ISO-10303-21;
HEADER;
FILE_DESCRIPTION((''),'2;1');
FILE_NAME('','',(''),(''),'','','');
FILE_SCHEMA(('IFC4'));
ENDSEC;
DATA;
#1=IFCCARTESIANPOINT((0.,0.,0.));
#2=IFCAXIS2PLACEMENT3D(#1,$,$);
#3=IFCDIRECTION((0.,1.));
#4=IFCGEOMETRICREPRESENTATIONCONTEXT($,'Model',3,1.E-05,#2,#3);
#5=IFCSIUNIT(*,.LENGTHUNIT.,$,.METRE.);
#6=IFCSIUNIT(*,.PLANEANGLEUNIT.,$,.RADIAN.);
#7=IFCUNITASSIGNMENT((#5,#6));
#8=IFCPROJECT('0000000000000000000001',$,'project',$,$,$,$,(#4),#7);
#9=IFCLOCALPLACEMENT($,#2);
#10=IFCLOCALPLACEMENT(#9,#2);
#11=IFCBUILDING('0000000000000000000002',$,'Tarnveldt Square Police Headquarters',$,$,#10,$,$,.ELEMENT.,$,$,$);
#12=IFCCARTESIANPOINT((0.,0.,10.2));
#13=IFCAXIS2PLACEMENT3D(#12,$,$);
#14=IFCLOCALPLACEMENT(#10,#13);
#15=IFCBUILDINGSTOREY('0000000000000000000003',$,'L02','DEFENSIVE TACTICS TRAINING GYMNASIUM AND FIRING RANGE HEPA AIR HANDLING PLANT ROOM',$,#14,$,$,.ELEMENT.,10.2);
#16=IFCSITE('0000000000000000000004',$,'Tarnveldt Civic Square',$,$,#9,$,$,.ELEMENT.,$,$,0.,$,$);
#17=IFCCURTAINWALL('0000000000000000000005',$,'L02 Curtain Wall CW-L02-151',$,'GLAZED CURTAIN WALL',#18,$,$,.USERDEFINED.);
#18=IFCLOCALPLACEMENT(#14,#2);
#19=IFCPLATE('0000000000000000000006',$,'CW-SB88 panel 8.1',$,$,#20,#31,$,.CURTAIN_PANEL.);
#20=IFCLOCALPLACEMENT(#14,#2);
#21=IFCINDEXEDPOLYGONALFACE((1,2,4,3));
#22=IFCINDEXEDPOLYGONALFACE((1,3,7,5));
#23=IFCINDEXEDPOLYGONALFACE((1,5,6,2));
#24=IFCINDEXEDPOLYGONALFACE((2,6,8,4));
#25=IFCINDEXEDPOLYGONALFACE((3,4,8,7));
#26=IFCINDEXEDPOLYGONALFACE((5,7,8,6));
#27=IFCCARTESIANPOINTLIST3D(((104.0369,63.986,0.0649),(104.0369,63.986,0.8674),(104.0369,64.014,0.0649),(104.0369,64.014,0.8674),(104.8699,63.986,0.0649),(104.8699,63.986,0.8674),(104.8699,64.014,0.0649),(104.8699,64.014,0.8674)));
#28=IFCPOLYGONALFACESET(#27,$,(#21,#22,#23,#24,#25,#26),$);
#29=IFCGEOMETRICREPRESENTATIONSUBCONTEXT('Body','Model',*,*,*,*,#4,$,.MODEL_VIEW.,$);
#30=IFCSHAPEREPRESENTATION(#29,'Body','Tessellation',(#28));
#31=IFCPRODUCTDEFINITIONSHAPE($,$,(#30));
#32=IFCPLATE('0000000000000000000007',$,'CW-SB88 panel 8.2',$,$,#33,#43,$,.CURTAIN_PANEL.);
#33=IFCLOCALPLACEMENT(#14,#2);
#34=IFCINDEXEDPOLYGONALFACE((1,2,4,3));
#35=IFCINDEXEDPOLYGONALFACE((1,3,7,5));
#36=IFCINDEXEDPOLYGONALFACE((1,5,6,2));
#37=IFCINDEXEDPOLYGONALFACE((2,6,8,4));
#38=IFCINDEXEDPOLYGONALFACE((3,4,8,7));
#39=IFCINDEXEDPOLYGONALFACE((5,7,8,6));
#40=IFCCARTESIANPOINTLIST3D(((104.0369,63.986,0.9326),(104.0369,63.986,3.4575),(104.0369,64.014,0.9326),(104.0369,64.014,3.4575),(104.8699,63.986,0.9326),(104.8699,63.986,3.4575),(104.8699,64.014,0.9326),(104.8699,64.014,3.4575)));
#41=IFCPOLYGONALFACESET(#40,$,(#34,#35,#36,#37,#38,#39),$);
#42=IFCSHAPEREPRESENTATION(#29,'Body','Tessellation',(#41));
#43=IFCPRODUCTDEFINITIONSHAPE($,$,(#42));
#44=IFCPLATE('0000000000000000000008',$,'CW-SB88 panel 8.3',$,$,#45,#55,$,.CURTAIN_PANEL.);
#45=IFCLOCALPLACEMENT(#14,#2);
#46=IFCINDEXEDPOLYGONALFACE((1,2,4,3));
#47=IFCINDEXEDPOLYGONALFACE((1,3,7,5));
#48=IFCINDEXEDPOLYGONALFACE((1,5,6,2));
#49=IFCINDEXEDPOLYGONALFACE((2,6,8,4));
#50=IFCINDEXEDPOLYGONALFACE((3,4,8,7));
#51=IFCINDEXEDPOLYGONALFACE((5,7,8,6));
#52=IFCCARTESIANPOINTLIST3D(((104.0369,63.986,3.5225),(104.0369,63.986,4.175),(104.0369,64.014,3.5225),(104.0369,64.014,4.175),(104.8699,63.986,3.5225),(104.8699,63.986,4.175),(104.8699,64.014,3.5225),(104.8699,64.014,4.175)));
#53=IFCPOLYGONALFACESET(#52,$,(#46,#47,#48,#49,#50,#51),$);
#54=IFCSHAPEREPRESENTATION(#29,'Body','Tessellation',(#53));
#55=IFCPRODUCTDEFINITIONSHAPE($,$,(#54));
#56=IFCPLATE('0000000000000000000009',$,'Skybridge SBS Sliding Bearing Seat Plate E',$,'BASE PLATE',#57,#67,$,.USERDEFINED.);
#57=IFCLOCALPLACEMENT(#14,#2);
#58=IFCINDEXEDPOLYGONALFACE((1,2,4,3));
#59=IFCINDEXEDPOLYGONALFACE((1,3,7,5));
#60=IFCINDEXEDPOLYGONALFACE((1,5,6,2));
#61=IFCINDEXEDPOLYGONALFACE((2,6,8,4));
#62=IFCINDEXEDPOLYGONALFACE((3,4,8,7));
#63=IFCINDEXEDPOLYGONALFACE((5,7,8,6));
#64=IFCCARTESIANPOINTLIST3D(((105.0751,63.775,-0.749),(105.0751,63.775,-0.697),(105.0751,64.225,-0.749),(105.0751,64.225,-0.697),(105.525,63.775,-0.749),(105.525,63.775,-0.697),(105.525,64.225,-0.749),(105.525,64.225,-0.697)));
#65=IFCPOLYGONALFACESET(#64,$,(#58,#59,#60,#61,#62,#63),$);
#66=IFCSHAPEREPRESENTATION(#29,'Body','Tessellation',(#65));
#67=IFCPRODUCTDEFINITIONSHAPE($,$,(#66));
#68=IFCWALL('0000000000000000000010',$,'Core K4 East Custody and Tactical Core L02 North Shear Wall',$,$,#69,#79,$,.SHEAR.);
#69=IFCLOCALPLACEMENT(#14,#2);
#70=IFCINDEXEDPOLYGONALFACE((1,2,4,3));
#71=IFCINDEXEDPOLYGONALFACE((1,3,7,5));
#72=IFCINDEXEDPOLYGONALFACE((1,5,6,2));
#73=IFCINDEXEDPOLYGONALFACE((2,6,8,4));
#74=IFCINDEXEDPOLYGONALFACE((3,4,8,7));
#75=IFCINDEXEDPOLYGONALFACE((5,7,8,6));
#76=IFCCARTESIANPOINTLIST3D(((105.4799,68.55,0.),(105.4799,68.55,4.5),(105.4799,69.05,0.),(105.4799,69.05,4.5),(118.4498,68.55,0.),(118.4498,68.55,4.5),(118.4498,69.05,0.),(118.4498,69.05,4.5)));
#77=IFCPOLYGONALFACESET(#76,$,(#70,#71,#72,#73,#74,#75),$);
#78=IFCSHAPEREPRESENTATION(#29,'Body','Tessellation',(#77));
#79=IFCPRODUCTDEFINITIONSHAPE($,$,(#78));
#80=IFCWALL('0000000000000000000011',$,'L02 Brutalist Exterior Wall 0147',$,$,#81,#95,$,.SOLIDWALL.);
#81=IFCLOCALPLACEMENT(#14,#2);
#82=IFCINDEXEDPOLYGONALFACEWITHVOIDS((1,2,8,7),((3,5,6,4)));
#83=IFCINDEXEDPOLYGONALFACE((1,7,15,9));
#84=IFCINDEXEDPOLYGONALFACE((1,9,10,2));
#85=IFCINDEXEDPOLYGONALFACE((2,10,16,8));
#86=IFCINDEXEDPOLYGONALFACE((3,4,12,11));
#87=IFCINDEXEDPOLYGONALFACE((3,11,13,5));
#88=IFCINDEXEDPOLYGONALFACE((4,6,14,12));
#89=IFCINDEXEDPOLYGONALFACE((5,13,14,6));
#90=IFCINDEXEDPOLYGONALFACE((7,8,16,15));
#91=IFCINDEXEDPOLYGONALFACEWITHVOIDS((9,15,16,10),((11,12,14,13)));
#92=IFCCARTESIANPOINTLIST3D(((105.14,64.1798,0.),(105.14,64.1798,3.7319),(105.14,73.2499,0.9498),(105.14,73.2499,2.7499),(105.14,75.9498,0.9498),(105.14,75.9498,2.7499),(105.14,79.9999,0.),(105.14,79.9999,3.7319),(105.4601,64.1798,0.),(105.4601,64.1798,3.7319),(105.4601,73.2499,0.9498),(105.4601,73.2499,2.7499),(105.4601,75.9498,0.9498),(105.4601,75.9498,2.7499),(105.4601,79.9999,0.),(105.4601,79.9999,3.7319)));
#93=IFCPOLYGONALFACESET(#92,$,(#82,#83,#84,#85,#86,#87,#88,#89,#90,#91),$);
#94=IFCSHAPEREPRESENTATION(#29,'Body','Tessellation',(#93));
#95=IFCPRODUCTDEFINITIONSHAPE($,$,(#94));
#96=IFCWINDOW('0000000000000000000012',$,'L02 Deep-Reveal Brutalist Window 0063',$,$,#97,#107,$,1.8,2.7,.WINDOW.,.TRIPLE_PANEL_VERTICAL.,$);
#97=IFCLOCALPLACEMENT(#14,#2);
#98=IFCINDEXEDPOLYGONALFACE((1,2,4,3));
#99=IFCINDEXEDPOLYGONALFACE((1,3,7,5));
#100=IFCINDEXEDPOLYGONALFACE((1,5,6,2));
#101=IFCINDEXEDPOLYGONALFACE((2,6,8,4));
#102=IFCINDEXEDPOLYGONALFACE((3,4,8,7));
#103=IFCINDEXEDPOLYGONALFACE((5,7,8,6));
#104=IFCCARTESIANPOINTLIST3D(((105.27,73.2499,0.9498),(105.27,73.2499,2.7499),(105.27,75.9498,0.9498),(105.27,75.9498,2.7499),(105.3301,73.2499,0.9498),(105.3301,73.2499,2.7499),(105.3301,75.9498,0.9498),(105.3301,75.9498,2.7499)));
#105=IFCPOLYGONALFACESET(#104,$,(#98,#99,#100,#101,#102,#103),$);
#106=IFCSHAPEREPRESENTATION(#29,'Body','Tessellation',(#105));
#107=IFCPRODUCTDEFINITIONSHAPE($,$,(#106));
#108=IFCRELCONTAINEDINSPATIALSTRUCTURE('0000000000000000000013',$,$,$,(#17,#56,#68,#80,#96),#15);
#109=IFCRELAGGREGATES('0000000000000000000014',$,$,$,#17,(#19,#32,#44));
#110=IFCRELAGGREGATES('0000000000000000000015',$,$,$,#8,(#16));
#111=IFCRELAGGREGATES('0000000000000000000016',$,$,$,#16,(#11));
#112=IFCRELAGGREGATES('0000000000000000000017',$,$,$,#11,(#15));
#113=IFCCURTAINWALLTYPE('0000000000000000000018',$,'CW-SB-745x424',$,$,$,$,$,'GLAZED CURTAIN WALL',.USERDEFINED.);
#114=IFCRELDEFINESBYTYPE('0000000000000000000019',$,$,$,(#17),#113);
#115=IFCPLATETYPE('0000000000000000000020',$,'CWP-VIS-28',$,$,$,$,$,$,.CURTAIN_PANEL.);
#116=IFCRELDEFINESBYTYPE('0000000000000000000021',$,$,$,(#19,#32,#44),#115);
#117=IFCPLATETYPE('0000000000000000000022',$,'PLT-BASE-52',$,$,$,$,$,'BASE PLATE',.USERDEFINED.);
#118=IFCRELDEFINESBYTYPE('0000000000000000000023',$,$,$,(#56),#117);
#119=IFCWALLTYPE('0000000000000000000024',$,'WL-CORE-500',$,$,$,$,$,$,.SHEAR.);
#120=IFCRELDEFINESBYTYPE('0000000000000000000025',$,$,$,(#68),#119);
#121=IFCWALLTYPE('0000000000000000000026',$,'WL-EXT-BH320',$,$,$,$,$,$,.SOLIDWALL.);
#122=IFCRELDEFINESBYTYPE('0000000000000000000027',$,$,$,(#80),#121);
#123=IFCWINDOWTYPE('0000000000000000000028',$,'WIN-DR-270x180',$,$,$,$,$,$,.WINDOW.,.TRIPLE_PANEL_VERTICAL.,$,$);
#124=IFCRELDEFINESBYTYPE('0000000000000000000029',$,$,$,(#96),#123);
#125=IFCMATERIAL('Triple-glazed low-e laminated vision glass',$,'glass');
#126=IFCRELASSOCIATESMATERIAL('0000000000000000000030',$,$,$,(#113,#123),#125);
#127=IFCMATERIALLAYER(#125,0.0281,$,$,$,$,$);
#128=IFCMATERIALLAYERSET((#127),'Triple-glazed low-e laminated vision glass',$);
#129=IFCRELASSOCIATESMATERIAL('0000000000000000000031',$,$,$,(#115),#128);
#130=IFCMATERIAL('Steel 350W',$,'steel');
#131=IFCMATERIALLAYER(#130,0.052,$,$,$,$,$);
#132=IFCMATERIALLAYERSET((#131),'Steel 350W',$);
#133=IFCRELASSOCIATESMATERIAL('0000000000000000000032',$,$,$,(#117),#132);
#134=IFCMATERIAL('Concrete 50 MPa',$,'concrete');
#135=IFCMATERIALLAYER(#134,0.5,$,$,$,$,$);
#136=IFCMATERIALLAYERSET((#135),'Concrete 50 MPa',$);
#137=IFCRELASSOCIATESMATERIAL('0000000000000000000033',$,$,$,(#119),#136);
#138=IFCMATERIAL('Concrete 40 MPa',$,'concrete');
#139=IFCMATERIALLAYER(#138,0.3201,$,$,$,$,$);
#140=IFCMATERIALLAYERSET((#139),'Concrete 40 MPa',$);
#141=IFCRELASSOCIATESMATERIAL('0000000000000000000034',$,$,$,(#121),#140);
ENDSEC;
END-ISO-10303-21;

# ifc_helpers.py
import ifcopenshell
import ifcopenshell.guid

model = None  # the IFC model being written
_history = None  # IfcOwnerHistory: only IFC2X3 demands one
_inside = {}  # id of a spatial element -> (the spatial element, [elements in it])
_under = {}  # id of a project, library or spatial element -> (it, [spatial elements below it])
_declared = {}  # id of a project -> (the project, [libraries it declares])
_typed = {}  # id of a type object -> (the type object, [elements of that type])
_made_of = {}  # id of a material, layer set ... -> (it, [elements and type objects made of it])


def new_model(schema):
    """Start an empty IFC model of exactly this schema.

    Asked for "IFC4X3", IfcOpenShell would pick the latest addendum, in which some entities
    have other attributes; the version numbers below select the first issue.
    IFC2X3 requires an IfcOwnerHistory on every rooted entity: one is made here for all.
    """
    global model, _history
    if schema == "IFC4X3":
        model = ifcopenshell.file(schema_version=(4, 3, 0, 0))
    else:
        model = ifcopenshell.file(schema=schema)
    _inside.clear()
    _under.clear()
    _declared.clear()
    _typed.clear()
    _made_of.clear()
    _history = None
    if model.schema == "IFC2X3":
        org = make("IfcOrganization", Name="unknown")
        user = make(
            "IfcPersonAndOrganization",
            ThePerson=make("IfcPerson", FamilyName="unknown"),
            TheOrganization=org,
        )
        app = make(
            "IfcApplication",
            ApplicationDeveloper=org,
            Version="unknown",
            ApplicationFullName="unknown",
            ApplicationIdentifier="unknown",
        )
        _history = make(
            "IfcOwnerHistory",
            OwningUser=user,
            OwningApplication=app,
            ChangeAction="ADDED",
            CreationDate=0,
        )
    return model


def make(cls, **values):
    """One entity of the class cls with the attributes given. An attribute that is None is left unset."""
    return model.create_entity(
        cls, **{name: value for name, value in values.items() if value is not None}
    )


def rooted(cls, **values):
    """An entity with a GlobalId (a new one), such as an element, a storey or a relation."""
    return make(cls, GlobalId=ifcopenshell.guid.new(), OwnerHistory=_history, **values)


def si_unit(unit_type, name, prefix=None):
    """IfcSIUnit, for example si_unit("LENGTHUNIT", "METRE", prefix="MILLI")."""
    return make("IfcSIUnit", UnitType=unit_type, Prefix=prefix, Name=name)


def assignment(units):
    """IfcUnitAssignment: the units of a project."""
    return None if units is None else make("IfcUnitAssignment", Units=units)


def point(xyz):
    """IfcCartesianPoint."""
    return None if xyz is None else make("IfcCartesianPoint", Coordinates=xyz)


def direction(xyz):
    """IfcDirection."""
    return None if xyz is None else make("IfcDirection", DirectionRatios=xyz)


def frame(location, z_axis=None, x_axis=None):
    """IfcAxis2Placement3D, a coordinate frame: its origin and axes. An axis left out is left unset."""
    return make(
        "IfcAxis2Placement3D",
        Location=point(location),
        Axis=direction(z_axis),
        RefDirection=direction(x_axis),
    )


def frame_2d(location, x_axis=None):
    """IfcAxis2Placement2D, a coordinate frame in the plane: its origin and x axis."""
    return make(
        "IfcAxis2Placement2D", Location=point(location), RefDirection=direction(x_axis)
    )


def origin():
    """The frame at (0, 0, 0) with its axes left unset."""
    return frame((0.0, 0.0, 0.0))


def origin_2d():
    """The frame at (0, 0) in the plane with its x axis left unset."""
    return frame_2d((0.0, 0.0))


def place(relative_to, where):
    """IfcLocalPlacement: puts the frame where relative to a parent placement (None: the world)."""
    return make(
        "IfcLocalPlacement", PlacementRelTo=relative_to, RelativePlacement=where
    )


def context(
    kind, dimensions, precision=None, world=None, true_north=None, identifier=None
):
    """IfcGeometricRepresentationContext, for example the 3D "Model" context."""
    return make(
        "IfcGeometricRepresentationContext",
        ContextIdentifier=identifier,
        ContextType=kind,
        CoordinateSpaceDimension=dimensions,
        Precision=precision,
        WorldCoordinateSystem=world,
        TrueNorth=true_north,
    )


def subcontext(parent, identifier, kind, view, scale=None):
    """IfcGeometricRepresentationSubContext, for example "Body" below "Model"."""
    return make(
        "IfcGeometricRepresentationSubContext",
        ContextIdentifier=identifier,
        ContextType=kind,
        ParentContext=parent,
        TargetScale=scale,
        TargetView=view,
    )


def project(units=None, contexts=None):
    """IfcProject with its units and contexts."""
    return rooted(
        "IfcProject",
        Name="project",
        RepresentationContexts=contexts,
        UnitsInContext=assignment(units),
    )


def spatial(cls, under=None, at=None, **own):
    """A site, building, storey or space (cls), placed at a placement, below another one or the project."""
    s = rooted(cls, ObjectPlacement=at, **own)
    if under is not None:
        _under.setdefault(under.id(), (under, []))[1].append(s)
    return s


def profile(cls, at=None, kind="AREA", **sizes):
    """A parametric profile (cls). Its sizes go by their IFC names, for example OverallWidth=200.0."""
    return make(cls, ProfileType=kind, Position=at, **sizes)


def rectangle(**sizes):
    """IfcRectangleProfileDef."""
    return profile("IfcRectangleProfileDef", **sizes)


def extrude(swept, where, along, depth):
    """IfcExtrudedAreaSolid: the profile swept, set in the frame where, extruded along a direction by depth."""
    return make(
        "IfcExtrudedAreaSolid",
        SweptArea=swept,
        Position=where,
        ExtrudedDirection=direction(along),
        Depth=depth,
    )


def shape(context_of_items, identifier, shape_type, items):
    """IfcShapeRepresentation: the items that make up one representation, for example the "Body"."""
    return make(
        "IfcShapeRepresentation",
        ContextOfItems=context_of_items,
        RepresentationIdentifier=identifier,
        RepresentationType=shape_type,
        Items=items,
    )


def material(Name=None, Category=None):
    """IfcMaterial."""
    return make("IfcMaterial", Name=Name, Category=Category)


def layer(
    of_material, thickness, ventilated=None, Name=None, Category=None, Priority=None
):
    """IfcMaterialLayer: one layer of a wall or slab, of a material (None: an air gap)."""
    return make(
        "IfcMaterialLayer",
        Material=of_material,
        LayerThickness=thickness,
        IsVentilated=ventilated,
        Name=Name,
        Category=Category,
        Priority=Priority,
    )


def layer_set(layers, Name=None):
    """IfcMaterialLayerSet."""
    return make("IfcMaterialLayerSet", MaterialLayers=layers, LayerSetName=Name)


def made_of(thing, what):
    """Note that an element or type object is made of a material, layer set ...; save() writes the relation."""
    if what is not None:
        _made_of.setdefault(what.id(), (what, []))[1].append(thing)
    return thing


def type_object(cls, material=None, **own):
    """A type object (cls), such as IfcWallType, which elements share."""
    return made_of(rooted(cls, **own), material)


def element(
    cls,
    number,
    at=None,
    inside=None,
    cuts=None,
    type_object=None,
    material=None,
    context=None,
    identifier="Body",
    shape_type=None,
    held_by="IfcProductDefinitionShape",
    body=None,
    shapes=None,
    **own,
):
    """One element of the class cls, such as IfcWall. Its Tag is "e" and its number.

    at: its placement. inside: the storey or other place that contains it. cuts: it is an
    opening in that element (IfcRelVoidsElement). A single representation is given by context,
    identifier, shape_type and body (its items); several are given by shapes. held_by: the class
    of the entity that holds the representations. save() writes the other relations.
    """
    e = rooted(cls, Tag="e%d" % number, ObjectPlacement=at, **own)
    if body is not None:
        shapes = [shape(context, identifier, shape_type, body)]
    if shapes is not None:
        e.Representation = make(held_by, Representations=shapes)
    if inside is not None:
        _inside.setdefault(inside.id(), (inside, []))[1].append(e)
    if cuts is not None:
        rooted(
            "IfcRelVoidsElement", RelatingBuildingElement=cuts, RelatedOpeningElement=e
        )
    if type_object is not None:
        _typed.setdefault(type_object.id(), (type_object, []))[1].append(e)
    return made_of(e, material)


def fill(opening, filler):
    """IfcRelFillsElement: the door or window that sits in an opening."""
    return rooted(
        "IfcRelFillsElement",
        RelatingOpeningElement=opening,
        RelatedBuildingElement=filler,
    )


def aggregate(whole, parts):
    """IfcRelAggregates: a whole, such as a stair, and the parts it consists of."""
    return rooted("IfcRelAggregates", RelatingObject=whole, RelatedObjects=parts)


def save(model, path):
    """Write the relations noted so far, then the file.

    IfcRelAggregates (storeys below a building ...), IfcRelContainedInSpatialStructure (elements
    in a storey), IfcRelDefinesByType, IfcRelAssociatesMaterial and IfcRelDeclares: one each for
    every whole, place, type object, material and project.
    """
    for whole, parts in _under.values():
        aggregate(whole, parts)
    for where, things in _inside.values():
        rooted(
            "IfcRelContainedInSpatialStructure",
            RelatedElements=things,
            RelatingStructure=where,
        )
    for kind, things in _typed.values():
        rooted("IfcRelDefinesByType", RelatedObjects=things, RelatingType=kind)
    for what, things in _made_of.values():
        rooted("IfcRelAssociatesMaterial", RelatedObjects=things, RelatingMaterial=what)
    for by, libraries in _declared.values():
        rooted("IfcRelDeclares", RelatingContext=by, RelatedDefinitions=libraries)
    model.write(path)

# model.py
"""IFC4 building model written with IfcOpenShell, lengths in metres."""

from ifc_helpers import new_model, si_unit, direction, frame, frame_2d, origin, origin_2d, place, context, subcontext, project, spatial, rectangle, extrude, material, layer, layer_set, type_object, element, fill, aggregate, save


model = new_model("IFC4")

# Units and contexts
model_context = context("Model", 3, precision=1e-05, world=origin(), true_north=direction((0.0, 1.0)))
body_context = subcontext(model_context, "Body", "Model", "MODEL_VIEW")
ifc_project = project(units=[si_unit("LENGTHUNIT", "METRE"), si_unit("PLANEANGLEUNIT", "RADIAN")], contexts=[model_context])

# Site, building, storey
site_placement = place(None, origin())
site = spatial("IfcSite", under=ifc_project, at=site_placement, Name="Tarnveldt Civic Square", CompositionType="ELEMENT", RefElevation=0.0)
building_placement = place(site_placement, origin())
building = spatial("IfcBuilding", under=site, at=building_placement, Name="Tarnveldt Square Police Headquarters", CompositionType="ELEMENT")
storey_placement = place(building_placement, frame((0.0, 0.0, 10.2)))
storey = spatial("IfcBuildingStorey", under=building, at=storey_placement, Name="L02", Description="DEFENSIVE TACTICS TRAINING GYMNASIUM AND FIRING RANGE HEPA AIR HANDLING PLANT ROOM", CompositionType="ELEMENT", Elevation=10.2)

# Shared definitions
ifc_material_1 = material(Name="Concrete 50 MPa", Category="concrete")

# Shared definitions
ifc_material_2 = material(Name="Concrete 40 MPa", Category="concrete")
ifc_material_3 = material(Name="Steel 350W", Category="steel")

# Curtain wall
ifc_material_4 = material(Name="Triple-glazed low-e laminated vision glass", Category="glass")
curtain_wall_type = type_object("IfcCurtainWallType", Name="CW-SB-745x424", ElementType="GLAZED CURTAIN WALL", PredefinedType="USERDEFINED", material=ifc_material_4)
curtain_wall_placement = place(storey_placement, origin())
curtain_wall = element("IfcCurtainWall", 1, at=curtain_wall_placement, inside=storey, type_object=curtain_wall_type, Name="L02 Curtain Wall CW-L02-151", ObjectType="GLAZED CURTAIN WALL", PredefinedType="USERDEFINED")

# Plates
ifc_layer_1 = layer(ifc_material_4, 0.0281)
ifc_layer_set_1 = layer_set([ifc_layer_1], Name="Triple-glazed low-e laminated vision glass")
plate_type_1 = type_object("IfcPlateType", Name="CWP-VIS-28", PredefinedType="CURTAIN_PANEL", material=ifc_layer_set_1)
plate_1_placement = place(storey_placement, frame((104.4534, 64.0, 0.0649), z_axis=(0.0, 0.0, 1.0), x_axis=(1.0, 0.0, 0.0)))
plate_1 = element("IfcPlate", 2, at=plate_1_placement, type_object=plate_type_1, Name="CW-SB88 panel 8.1", PredefinedType="CURTAIN_PANEL", context=body_context, shape_type="SweptSolid", body=[
    extrude(rectangle(XDim=0.833, YDim=0.0281, at=origin_2d()), origin(), (0.0, 0.0, 1.0), 0.8025),
])
plate_2_placement = place(storey_placement, frame((104.4534, 64.0, 0.9326), z_axis=(0.0, 0.0, 1.0), x_axis=(1.0, 0.0, 0.0)))
plate_2 = element("IfcPlate", 3, at=plate_2_placement, type_object=plate_type_1, Name="CW-SB88 panel 8.2", PredefinedType="CURTAIN_PANEL", context=body_context, shape_type="SweptSolid", body=[
    extrude(rectangle(XDim=0.833, YDim=0.0281, at=origin_2d()), origin(), (0.0, 0.0, 1.0), 2.5249),
])
plate_3_placement = place(storey_placement, frame((104.4534, 64.0, 3.5225), z_axis=(0.0, 0.0, 1.0), x_axis=(1.0, 0.0, 0.0)))
plate_3 = element("IfcPlate", 4, at=plate_3_placement, type_object=plate_type_1, Name="CW-SB88 panel 8.3", PredefinedType="CURTAIN_PANEL", context=body_context, shape_type="SweptSolid", body=[
    extrude(rectangle(XDim=0.833, YDim=0.0281, at=origin_2d()), origin(), (0.0, 0.0, 1.0), 0.6526),
])
aggregate(curtain_wall, [plate_1, plate_2, plate_3])
ifc_layer_2 = layer(ifc_material_3, 0.052)
ifc_layer_set_2 = layer_set([ifc_layer_2], Name="Steel 350W")
plate_type_2 = type_object("IfcPlateType", Name="PLT-BASE-52", ElementType="BASE PLATE", PredefinedType="USERDEFINED", material=ifc_layer_set_2)
plate_4_placement = place(storey_placement, frame((105.3, 64.0, -0.749), z_axis=(0.0, 0.0, 1.0), x_axis=(1.0, 0.0, 0.0)))
element("IfcPlate", 5, at=plate_4_placement, inside=storey, type_object=plate_type_2, Name="Skybridge SBS Sliding Bearing Seat Plate E", ObjectType="BASE PLATE", PredefinedType="USERDEFINED", context=body_context, shape_type="SweptSolid", body=[
    extrude(rectangle(XDim=0.45, YDim=0.45, at=origin_2d()), origin(), (0.0, 0.0, 1.0), 0.052),
])

# Wall
ifc_layer_3 = layer(ifc_material_1, 0.5)
ifc_layer_set_3 = layer_set([ifc_layer_3], Name="Concrete 50 MPa")
wall_type_1 = type_object("IfcWallType", Name="WL-CORE-500", PredefinedType="SHEAR", material=ifc_layer_set_3)
wall_1_placement = place(storey_placement, frame((105.48, 68.8, 0.0), z_axis=(0.0, 0.0, 1.0), x_axis=(1.0, 0.0, 0.0)))
element("IfcWall", 6, at=wall_1_placement, inside=storey, type_object=wall_type_1, Name="Core K4 East Custody and Tactical Core L02 North Shear Wall", PredefinedType="SHEAR", context=body_context, shape_type="SweptSolid", body=[
    extrude(rectangle(XDim=12.97, YDim=0.5, at=frame_2d((6.4849, 0.0))), origin(), (0.0, 0.0, 1.0), 4.5),
])

# Wall, opening, window
ifc_layer_4 = layer(ifc_material_2, 0.3201)
ifc_layer_set_4 = layer_set([ifc_layer_4], Name="Concrete 40 MPa")
wall_type_2 = type_object("IfcWallType", Name="WL-EXT-BH320", PredefinedType="SOLIDWALL", material=ifc_layer_set_4)
wall_2_placement = place(storey_placement, frame((105.3, 80.0, 0.0), z_axis=(0.0, 0.0, 1.0), x_axis=(0.0, -1.0, 0.0)))
wall_2 = element("IfcWall", 7, at=wall_2_placement, inside=storey, type_object=wall_type_2, Name="L02 Brutalist Exterior Wall 0147", PredefinedType="SOLIDWALL", context=body_context, shape_type="SweptSolid", body=[
    extrude(rectangle(XDim=15.8201, YDim=0.3201, at=frame_2d((7.9102, 0.0))), origin(), (0.0, 0.0, 1.0), 3.7319),
])
opening_placement = place(wall_2_placement, frame((4.05, 0.0, 0.95)))
opening = element("IfcOpeningElement", 8, at=opening_placement, cuts=wall_2, PredefinedType="OPENING", context=body_context, shape_type="SweptSolid", body=[
    extrude(rectangle(XDim=2.7, YDim=1.8, at=frame_2d((1.3501, 0.8999))), frame((0.0, 0.1699, 0.0), z_axis=(0.0, -1.0, 0.0), x_axis=(1.0, 0.0, 0.0)), (0.0, 0.0, 1.0), 0.3401),
])
window_type = type_object("IfcWindowType", Name="WIN-DR-270x180", PartitioningType="TRIPLE_PANEL_VERTICAL", PredefinedType="WINDOW", material=ifc_material_4)
window_placement = place(opening_placement, origin())
window = element("IfcWindow", 9, at=window_placement, inside=storey, type_object=window_type, Name="L02 Deep-Reveal Brutalist Window 0063", OverallHeight=1.8, OverallWidth=2.7, PartitioningType="TRIPLE_PANEL_VERTICAL", PredefinedType="WINDOW", context=body_context, shape_type="SweptSolid", body=[
    extrude(rectangle(XDim=2.7, YDim=1.8, at=frame_2d((1.3501, 0.8999))), frame((0.0, 0.03, 0.0), z_axis=(0.0, -1.0, 0.0), x_axis=(1.0, 0.0, 0.0)), (0.0, 0.0, 1.0), 0.0601),
])
fill(opening, window)

save(model, "model.ifc")
